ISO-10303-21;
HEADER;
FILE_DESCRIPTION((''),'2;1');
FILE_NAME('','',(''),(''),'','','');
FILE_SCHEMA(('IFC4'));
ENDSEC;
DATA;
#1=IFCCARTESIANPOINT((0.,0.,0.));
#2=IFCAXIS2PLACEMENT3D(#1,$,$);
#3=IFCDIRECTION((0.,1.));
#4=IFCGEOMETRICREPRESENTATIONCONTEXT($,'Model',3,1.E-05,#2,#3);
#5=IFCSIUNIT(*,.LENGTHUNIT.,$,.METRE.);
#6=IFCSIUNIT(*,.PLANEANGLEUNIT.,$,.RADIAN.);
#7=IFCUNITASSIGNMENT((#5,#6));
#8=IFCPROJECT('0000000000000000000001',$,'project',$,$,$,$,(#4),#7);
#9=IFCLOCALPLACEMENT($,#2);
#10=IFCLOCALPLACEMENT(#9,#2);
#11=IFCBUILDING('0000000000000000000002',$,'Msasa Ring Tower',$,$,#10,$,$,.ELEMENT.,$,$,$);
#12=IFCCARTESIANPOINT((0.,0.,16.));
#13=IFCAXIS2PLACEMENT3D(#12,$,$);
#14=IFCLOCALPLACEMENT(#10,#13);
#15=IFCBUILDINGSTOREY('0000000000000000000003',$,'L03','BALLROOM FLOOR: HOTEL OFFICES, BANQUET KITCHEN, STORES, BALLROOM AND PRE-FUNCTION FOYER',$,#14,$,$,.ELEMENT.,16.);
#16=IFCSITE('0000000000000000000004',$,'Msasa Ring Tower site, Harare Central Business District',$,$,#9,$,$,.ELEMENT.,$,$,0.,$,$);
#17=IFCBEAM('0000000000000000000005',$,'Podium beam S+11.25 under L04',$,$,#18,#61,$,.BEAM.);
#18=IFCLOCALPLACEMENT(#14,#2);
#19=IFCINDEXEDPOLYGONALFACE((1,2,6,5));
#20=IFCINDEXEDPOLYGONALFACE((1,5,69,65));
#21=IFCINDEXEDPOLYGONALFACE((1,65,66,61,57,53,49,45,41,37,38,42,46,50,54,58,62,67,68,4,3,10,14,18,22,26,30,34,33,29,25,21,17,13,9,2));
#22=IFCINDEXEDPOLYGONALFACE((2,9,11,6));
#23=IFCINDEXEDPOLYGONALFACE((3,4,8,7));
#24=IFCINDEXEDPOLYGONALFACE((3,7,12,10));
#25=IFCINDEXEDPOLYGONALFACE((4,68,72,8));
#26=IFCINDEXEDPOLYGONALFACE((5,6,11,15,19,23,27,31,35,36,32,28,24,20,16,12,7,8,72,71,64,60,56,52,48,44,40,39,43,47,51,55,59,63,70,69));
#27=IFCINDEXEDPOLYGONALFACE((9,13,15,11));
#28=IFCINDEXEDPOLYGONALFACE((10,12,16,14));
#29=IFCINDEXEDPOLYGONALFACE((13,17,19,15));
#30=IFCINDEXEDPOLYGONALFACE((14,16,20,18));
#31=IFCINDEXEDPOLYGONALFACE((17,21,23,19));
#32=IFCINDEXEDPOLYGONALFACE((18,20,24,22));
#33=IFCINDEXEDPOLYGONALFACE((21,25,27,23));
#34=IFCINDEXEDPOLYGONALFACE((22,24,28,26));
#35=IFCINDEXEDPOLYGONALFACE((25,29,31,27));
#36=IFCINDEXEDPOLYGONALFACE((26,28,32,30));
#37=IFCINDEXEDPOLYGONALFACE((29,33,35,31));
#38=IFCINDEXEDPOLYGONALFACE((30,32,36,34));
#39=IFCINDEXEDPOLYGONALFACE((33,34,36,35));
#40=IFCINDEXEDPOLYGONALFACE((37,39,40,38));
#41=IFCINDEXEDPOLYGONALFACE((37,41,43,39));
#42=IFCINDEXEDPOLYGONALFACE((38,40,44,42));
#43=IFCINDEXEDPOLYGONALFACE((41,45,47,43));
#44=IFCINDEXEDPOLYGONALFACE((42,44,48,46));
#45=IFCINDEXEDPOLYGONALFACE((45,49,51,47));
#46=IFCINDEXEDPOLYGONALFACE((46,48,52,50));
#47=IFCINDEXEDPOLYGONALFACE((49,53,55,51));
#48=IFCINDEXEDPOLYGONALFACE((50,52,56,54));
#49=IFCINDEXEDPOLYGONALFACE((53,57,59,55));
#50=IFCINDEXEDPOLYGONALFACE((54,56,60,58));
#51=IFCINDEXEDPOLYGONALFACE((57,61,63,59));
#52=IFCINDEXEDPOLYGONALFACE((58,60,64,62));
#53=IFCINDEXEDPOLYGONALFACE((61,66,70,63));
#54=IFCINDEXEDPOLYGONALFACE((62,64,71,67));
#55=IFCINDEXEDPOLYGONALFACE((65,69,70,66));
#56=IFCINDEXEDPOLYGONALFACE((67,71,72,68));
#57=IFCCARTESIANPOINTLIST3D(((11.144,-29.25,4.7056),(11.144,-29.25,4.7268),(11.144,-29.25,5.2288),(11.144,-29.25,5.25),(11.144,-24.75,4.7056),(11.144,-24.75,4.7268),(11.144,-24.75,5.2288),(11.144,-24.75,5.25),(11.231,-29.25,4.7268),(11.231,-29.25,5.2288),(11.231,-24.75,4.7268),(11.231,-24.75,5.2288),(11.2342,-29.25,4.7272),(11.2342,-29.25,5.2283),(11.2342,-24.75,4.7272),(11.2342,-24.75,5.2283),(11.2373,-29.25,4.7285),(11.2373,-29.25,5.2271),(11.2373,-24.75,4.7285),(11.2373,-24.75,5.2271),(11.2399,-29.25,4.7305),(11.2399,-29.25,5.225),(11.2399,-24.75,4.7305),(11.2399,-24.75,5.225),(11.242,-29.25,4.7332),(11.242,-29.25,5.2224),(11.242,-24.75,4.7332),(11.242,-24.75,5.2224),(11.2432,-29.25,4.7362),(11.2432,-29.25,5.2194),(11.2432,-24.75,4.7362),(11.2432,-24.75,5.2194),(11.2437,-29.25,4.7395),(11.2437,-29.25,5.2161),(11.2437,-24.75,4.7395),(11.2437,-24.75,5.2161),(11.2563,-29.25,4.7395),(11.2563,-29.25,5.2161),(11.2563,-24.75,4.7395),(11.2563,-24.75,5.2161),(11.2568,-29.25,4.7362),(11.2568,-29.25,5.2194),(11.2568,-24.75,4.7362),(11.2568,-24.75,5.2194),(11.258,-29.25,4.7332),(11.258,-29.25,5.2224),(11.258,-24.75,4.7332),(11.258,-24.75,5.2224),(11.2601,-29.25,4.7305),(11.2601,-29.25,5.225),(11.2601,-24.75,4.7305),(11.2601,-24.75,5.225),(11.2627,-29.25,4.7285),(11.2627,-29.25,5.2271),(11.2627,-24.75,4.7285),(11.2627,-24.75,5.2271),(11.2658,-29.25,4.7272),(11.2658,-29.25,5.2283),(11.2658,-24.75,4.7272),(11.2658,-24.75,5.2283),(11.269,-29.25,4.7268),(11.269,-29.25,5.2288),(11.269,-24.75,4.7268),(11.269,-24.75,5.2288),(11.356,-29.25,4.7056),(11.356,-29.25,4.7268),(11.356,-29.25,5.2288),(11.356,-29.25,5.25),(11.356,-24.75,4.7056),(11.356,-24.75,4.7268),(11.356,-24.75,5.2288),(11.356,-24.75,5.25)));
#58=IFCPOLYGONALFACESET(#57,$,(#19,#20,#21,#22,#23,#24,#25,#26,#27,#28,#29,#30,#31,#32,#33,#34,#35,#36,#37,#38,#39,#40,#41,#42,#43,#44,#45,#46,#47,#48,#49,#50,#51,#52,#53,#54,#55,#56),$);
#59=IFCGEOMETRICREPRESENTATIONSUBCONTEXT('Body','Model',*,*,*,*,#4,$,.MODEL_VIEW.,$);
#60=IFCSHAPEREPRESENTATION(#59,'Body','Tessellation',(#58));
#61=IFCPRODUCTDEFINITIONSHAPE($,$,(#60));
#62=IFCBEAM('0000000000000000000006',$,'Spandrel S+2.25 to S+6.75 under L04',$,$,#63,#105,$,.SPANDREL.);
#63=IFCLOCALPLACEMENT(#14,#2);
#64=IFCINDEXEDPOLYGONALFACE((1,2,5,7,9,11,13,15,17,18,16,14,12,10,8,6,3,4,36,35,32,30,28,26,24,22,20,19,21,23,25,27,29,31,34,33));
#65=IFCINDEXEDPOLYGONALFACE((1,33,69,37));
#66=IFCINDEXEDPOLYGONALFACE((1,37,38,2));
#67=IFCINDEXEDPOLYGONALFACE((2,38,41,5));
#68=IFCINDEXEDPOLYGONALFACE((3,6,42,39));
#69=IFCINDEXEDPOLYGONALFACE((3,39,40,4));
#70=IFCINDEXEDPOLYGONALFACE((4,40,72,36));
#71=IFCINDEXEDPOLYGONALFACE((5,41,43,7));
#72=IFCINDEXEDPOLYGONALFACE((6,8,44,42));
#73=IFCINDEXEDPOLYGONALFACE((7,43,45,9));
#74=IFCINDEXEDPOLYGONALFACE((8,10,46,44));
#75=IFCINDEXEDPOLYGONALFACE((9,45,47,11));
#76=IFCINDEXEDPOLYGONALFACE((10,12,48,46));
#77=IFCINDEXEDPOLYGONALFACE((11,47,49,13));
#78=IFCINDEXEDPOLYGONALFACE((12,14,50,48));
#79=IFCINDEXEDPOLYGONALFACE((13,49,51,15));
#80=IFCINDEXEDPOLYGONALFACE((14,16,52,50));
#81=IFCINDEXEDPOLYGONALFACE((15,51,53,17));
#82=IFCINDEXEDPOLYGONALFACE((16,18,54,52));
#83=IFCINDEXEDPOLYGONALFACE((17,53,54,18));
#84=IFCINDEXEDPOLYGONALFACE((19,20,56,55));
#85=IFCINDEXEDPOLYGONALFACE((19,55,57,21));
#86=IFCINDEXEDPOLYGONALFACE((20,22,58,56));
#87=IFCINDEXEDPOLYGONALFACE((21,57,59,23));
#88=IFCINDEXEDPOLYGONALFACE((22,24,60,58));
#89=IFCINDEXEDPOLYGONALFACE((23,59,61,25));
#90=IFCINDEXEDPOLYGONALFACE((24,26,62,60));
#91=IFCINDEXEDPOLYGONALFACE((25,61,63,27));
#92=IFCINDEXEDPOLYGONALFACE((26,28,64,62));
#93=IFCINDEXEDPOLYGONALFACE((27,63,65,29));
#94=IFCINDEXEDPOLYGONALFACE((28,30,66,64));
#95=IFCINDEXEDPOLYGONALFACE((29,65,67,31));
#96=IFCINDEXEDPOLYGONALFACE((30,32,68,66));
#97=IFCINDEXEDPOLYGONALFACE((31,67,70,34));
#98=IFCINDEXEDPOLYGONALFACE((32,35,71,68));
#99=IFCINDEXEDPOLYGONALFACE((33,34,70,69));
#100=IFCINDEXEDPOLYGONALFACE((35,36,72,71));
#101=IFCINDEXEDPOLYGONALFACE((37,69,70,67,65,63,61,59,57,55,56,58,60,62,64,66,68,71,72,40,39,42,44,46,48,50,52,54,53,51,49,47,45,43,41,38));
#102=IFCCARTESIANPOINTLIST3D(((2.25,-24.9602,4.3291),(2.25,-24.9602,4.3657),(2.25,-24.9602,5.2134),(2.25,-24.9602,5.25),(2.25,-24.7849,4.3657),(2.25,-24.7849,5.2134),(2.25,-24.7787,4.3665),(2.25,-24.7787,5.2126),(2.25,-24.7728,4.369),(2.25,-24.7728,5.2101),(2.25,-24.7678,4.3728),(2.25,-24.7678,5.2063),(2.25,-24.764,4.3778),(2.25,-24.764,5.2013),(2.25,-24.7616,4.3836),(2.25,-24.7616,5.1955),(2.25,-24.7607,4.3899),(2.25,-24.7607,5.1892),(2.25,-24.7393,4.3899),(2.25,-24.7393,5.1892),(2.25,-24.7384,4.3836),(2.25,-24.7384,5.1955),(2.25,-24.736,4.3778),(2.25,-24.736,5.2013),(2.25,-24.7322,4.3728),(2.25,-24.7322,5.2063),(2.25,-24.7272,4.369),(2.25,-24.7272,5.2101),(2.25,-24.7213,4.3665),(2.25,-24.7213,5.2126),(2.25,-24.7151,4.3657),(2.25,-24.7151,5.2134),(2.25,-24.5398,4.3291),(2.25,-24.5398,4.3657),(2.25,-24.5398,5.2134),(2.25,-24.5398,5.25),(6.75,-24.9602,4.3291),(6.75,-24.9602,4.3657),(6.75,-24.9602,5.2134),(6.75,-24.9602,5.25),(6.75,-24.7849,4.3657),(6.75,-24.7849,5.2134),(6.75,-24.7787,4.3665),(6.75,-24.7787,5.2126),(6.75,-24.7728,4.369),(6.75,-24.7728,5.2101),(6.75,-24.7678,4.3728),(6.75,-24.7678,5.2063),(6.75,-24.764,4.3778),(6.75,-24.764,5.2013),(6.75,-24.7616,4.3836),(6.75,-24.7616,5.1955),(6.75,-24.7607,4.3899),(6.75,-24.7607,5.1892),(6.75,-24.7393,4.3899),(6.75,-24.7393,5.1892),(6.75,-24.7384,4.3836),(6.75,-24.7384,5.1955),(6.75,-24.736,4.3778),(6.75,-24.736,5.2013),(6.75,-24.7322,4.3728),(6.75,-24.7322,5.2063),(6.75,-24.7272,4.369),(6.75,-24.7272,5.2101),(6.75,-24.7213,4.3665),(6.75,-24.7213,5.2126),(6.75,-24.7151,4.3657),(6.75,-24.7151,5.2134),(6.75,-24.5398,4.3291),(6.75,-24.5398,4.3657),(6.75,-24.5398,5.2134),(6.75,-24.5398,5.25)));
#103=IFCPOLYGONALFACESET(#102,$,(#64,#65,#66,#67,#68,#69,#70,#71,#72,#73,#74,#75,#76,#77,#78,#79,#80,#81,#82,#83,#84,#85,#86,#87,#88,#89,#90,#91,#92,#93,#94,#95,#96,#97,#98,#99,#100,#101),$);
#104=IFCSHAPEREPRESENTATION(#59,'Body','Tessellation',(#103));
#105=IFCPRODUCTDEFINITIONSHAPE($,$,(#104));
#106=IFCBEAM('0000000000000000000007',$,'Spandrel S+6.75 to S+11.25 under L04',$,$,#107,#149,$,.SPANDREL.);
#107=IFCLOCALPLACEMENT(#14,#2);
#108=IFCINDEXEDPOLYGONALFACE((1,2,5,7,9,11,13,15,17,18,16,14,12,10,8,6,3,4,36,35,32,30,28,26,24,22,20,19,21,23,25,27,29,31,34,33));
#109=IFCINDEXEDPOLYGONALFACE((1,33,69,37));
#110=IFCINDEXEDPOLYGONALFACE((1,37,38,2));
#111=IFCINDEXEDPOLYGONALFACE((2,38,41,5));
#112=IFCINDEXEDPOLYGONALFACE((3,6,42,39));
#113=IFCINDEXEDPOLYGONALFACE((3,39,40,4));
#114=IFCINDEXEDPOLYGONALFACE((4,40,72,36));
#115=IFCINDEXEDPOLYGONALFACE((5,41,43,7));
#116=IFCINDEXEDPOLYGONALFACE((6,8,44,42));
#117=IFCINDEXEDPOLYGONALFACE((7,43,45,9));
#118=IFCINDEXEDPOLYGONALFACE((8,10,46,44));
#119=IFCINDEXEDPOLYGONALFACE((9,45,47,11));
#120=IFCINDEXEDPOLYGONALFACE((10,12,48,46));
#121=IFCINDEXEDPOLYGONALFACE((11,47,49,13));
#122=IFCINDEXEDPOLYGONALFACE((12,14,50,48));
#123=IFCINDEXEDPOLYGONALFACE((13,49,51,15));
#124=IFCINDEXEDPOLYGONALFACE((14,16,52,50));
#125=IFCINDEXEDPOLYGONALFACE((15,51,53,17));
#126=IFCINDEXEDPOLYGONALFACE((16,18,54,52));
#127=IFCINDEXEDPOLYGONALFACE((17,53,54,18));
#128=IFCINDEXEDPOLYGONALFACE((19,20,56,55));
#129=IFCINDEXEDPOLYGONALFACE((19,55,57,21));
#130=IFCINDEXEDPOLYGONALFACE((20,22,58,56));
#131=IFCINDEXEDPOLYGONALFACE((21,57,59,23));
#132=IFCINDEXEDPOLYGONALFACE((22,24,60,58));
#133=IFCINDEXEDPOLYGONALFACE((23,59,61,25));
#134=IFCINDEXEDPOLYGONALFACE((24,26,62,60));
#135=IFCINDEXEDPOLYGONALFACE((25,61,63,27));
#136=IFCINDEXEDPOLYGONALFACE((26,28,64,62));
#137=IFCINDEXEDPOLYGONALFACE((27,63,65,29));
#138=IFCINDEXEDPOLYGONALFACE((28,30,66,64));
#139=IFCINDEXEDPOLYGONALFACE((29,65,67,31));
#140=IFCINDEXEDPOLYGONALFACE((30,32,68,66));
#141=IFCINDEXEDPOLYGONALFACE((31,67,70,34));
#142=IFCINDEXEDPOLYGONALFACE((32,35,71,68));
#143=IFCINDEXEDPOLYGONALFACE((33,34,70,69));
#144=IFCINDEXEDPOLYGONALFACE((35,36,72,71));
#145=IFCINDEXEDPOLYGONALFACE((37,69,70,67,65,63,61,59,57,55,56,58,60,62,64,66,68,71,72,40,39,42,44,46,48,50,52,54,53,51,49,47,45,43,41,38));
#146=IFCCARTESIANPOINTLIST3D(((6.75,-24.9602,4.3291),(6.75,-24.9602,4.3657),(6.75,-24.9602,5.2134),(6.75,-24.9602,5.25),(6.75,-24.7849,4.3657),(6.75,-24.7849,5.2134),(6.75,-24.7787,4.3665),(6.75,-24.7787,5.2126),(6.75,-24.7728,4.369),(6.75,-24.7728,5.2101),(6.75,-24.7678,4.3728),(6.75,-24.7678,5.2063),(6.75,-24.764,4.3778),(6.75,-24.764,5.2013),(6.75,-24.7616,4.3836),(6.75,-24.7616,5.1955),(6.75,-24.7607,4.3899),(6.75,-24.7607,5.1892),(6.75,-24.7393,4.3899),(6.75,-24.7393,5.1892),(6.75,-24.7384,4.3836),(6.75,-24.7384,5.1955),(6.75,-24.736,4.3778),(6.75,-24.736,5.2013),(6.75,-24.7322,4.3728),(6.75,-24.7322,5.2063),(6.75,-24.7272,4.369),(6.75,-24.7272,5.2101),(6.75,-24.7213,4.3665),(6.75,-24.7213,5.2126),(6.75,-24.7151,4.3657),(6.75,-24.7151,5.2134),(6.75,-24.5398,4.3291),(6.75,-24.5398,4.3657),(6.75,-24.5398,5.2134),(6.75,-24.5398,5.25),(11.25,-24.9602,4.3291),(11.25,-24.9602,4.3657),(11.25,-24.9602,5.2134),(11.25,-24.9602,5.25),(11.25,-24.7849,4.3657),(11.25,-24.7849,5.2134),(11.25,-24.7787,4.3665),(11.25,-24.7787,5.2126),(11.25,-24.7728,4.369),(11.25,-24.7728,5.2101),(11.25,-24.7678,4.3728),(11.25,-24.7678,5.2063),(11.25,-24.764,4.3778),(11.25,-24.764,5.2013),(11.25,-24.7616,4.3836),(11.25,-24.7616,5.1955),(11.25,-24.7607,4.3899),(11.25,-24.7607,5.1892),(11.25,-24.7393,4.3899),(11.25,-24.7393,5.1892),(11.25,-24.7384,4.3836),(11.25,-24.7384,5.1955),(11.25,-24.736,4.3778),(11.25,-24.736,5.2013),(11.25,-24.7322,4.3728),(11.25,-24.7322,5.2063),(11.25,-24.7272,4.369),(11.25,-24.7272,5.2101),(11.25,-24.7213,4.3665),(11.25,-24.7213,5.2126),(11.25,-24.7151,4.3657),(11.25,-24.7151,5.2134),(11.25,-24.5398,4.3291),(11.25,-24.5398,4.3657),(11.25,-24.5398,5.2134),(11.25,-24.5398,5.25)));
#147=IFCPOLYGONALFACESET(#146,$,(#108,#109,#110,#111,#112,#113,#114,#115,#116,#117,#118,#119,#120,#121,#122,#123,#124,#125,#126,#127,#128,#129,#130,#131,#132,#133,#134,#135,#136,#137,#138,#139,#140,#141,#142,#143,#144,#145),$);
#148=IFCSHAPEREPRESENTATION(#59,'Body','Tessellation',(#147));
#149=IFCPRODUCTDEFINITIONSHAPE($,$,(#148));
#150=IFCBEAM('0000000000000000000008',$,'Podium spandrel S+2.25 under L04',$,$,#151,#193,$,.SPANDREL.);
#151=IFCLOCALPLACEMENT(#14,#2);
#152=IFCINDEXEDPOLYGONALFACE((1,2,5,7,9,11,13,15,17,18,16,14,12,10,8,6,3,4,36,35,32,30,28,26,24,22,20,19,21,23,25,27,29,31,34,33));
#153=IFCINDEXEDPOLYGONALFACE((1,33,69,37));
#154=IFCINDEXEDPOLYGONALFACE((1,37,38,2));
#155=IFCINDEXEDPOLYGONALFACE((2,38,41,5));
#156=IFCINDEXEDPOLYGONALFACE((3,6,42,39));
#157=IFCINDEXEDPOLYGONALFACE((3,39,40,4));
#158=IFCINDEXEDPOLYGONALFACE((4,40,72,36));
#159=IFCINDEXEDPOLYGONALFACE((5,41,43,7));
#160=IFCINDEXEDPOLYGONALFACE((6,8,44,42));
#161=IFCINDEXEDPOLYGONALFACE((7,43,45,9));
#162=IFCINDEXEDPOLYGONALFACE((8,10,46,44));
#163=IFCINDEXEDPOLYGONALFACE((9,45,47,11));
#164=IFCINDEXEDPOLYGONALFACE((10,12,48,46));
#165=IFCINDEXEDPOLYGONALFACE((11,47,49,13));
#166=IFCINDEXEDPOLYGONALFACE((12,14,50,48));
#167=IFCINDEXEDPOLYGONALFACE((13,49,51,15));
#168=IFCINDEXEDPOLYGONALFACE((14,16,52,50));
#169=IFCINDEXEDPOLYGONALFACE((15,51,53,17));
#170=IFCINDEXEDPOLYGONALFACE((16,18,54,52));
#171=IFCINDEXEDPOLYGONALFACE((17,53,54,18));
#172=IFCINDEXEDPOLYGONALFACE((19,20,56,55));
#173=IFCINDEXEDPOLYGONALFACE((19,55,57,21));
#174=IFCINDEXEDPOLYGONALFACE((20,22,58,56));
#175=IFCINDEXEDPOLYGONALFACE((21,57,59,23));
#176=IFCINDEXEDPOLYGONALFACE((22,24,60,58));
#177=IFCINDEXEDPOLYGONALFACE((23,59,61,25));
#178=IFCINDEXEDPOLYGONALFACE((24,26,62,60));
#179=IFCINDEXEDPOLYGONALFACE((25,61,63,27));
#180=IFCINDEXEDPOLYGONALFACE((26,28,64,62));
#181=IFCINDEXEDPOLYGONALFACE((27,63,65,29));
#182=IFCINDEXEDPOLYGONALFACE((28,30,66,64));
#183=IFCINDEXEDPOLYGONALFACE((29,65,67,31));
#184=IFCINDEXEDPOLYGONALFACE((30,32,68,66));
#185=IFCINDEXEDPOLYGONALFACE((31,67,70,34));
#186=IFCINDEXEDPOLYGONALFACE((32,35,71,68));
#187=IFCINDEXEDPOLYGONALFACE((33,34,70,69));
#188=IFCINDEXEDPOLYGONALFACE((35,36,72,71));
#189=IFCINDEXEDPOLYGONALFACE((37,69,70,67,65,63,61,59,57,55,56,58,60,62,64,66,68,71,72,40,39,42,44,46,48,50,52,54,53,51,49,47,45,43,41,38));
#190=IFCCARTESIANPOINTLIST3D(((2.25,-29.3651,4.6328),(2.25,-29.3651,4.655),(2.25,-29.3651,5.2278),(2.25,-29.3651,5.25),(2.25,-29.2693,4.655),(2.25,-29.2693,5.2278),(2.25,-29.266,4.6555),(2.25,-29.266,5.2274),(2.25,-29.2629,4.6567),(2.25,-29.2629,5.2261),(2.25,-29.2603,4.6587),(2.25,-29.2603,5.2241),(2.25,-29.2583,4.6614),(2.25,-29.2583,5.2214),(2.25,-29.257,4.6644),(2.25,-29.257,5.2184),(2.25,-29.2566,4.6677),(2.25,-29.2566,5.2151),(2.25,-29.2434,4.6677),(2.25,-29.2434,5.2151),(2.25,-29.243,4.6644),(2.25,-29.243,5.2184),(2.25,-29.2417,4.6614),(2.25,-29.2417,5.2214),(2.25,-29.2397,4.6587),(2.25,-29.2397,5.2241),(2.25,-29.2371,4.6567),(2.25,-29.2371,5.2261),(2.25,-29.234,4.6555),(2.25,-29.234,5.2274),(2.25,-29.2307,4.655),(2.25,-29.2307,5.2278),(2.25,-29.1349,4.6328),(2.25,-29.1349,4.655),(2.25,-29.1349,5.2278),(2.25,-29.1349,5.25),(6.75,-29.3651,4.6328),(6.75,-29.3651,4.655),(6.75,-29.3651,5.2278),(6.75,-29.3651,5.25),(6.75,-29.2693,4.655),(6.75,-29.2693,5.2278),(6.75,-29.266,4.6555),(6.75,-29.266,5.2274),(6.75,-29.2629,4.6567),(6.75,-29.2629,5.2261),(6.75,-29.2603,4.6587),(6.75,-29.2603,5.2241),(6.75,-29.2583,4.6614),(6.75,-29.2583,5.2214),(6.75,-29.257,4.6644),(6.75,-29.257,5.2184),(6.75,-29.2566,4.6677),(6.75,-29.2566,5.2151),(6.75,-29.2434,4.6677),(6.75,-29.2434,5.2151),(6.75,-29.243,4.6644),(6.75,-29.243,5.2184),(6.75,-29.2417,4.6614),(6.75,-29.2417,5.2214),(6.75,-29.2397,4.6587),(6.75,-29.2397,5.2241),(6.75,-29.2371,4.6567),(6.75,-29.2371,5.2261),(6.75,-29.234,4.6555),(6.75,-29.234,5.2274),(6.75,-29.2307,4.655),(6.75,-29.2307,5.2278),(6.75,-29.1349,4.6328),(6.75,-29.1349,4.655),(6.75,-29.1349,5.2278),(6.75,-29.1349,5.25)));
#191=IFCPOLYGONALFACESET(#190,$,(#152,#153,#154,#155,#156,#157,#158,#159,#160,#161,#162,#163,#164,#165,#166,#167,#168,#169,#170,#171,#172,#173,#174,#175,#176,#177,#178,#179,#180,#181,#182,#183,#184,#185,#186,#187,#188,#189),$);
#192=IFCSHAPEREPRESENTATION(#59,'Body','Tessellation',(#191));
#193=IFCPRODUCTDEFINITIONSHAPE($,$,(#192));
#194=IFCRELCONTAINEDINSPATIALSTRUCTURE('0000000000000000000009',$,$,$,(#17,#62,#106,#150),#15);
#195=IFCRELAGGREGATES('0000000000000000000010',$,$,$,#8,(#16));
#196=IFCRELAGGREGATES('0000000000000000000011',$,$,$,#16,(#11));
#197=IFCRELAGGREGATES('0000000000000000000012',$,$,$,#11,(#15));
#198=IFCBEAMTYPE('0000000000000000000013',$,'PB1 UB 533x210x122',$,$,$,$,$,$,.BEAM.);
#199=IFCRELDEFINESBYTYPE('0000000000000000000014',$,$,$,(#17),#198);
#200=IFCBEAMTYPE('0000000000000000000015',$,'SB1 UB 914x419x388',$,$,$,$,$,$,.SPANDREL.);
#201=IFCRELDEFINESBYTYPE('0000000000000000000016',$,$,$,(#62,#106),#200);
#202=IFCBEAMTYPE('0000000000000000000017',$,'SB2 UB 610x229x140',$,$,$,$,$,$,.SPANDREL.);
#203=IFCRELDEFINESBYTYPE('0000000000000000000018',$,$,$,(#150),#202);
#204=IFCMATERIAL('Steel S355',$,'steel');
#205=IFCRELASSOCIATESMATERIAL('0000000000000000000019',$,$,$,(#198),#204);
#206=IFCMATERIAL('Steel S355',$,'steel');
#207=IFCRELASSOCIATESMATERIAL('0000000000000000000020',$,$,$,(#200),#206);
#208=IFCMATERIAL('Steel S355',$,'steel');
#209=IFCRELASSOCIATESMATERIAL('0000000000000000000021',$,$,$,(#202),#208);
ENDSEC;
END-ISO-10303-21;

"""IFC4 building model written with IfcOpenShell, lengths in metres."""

from ifc_helpers import new_model, si_unit, direction, frame, origin, origin_2d, place, context, subcontext, project, spatial, i_section, extrude, material, material_profile, profile_set, type_object, element, save


model = new_model("IFC4")

# Units and contexts
model_context = context("Model", 3, precision=1e-05, world=origin(), true_north=direction((0.0, 1.0)))
body_context = subcontext(model_context, "Body", "Model", "MODEL_VIEW")
ifc_project = project(units=[si_unit("LENGTHUNIT", "METRE"), si_unit("PLANEANGLEUNIT", "RADIAN")], contexts=[model_context])

# Site, building, storey
site_placement = place(None, origin())
site = spatial("IfcSite", under=ifc_project, at=site_placement, Name="Msasa Ring Tower site, Harare Central Business District", CompositionType="ELEMENT", RefElevation=0.0)
building_placement = place(site_placement, origin())
building = spatial("IfcBuilding", under=site, at=building_placement, Name="Msasa Ring Tower", CompositionType="ELEMENT")
storey_placement = place(building_placement, frame((0.0, 0.0, 16.0)))
storey = spatial("IfcBuildingStorey", under=building, at=storey_placement, Name="L03", Description="BALLROOM FLOOR: HOTEL OFFICES, BANQUET KITCHEN, STORES, BALLROOM AND PRE-FUNCTION FOYER", CompositionType="ELEMENT", Elevation=16.0)

# Beams
ifc_material_1 = material(Name="Steel S355", Category="steel")
ifc_material_profile_1 = material_profile(ifc_material_1, i_section(OverallWidth=0.2119, OverallDepth=0.5444, WebThickness=0.0127, FlangeThickness=0.0212, FilletRadius=0.0127, at=origin_2d()), Name="UB 533x210x122")
ifc_profile_set_1 = profile_set([ifc_material_profile_1], Name="Steel S355")
beam_type_1 = type_object("IfcBeamType", Name="PB1 UB 533x210x122", PredefinedType="BEAM", material=ifc_profile_set_1)
for number, where, z_axis, x_axis, name in (
    (1, (11.25, -29.25, 4.9778), (0.0, 1.0, 0.0), (-1.0, 0.0, 0.0), "Podium beam S+11.25 under L04"),
):
    element("IfcBeam", number, at=place(storey_placement, frame(where, z_axis=z_axis, x_axis=x_axis)), inside=storey, type_object=beam_type_1, Name=name, PredefinedType="BEAM", context=body_context, shape_type="SweptSolid", body=[
        extrude(i_section(OverallWidth=0.2119, OverallDepth=0.5444, WebThickness=0.0127, FlangeThickness=0.0212, FilletRadius=0.0127, at=origin_2d()), origin(), (0.0, 0.0, 1.0), 4.5),
    ])
ifc_material_2 = material(Name="Steel S355", Category="steel")
ifc_material_profile_2 = material_profile(ifc_material_2, i_section(OverallWidth=0.4204, OverallDepth=0.9209, WebThickness=0.0215, FlangeThickness=0.0366, FilletRadius=0.0242, at=origin_2d()), Name="UB 914x419x388")
ifc_profile_set_2 = profile_set([ifc_material_profile_2], Name="Steel S355")
beam_type_2 = type_object("IfcBeamType", Name="SB1 UB 914x419x388", PredefinedType="SPANDREL", material=ifc_profile_set_2)
for number, where, z_axis, x_axis, name in (
    (2, (2.25, -24.75, 4.7896), (1.0, 0.0, 0.0), (0.0, 1.0, 0.0), "Spandrel S+2.25 to S+6.75 under L04"),
    (3, (6.75, -24.75, 4.7896), (1.0, 0.0, 0.0), (0.0, 1.0, 0.0), "Spandrel S+6.75 to S+11.25 under L04"),
):
    element("IfcBeam", number, at=place(storey_placement, frame(where, z_axis=z_axis, x_axis=x_axis)), inside=storey, type_object=beam_type_2, Name=name, PredefinedType="SPANDREL", context=body_context, shape_type="SweptSolid", body=[
        extrude(i_section(OverallWidth=0.4204, OverallDepth=0.9209, WebThickness=0.0215, FlangeThickness=0.0366, FilletRadius=0.0242, at=origin_2d()), origin(), (0.0, 0.0, 1.0), 4.5),
    ])
ifc_material_3 = material(Name="Steel S355", Category="steel")
ifc_material_profile_3 = material_profile(ifc_material_3, i_section(OverallWidth=0.2302, OverallDepth=0.6172, WebThickness=0.0132, FlangeThickness=0.0222, FilletRadius=0.0127, at=origin_2d()), Name="UB 610x229x140")
ifc_profile_set_3 = profile_set([ifc_material_profile_3], Name="Steel S355")
beam_type_3 = type_object("IfcBeamType", Name="SB2 UB 610x229x140", PredefinedType="SPANDREL", material=ifc_profile_set_3)
for number, where, z_axis, x_axis, name in (
    (4, (2.25, -29.25, 4.9414), (1.0, 0.0, 0.0), (0.0, 1.0, 0.0), "Podium spandrel S+2.25 under L04"),
):
    element("IfcBeam", number, at=place(storey_placement, frame(where, z_axis=z_axis, x_axis=x_axis)), inside=storey, type_object=beam_type_3, Name=name, PredefinedType="SPANDREL", context=body_context, shape_type="SweptSolid", body=[
        extrude(i_section(OverallWidth=0.2302, OverallDepth=0.6172, WebThickness=0.0132, FlangeThickness=0.0222, FilletRadius=0.0127, at=origin_2d()), origin(), (0.0, 0.0, 1.0), 4.5),
    ])

save(model, "model.ifc")
